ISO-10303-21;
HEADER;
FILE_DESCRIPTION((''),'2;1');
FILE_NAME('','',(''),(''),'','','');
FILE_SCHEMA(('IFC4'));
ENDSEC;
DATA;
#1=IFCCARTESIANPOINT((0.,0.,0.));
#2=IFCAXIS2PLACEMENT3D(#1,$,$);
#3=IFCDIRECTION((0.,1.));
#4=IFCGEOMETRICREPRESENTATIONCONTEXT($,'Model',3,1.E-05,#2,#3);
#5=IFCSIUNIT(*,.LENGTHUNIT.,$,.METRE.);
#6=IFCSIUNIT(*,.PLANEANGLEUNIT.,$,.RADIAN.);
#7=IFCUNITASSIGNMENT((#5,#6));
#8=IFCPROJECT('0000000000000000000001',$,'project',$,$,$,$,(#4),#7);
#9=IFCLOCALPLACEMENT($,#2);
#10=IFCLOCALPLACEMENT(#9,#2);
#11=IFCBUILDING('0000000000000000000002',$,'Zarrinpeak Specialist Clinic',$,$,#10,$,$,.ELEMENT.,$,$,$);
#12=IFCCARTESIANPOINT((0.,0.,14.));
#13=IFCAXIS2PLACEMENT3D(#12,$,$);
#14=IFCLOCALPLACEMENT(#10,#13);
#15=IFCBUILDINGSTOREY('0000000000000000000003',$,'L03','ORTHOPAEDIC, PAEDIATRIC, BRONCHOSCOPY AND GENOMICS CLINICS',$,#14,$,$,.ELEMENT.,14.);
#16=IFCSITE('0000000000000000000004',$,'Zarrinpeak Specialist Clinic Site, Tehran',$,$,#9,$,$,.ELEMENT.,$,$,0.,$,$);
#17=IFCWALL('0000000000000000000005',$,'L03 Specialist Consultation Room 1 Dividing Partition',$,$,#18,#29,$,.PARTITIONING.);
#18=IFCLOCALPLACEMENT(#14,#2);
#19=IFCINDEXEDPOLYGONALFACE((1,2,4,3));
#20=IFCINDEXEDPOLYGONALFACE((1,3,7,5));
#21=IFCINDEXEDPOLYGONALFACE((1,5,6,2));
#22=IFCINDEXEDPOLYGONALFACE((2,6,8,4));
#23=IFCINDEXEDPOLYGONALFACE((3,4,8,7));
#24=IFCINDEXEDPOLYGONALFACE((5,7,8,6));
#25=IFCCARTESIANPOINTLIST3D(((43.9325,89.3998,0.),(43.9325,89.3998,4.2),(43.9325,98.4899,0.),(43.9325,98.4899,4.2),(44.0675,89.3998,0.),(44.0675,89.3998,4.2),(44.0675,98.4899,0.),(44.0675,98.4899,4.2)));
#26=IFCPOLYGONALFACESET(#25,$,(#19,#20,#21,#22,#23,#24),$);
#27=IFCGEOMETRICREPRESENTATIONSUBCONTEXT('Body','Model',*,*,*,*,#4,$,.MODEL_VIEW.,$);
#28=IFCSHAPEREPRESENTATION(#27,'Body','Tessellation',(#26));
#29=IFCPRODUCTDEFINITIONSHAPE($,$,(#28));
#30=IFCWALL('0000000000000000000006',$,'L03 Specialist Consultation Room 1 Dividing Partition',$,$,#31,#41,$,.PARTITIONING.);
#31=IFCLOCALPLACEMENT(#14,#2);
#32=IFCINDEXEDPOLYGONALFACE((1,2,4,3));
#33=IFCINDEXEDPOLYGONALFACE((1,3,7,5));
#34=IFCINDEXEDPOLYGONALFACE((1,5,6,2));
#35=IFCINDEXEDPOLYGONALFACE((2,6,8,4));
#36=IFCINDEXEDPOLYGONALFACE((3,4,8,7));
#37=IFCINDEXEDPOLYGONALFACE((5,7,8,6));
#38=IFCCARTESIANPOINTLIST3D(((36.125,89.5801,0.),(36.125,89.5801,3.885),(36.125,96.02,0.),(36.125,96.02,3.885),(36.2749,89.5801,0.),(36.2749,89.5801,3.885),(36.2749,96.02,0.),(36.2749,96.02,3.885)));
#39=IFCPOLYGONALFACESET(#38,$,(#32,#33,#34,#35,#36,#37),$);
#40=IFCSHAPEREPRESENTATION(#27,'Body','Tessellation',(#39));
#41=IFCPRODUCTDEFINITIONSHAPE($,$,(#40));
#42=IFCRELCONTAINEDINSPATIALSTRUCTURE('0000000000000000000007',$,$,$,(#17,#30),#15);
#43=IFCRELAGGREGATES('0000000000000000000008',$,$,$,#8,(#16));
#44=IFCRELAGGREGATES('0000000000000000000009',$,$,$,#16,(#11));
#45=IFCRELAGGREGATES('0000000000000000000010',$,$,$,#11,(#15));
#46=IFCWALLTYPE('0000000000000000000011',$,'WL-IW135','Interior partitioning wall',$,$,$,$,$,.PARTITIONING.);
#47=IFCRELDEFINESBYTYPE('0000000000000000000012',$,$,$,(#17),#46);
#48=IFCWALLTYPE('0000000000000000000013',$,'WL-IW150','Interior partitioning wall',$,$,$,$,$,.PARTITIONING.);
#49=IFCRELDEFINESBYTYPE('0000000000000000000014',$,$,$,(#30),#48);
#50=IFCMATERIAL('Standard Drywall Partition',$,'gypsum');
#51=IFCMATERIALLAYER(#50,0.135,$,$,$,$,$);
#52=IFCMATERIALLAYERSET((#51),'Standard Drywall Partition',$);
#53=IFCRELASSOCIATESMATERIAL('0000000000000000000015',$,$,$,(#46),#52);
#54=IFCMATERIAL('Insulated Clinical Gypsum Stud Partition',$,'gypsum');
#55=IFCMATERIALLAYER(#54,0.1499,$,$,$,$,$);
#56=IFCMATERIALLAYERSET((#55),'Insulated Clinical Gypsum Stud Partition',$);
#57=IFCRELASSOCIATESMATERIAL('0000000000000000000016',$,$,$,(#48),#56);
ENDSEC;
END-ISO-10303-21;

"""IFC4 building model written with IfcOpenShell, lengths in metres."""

from ifc_helpers import new_model, si_unit, direction, frame, frame_2d, origin, place, context, subcontext, project, spatial, rectangle, extrude, material, layer, layer_set, type_object, element, save


model = new_model("IFC4")

# Units and contexts
model_context = context("Model", 3, precision=1e-05, world=origin(), true_north=direction((0.0, 1.0)))
body_context = subcontext(model_context, "Body", "Model", "MODEL_VIEW")
ifc_project = project(units=[si_unit("LENGTHUNIT", "METRE"), si_unit("PLANEANGLEUNIT", "RADIAN")], contexts=[model_context])

# Site, building, storey
site_placement = place(None, origin())
site = spatial("IfcSite", under=ifc_project, at=site_placement, Name="Zarrinpeak Specialist Clinic Site, Tehran", CompositionType="ELEMENT", RefElevation=0.0)
building_placement = place(site_placement, origin())
building = spatial("IfcBuilding", under=site, at=building_placement, Name="Zarrinpeak Specialist Clinic", CompositionType="ELEMENT")
storey_placement = place(building_placement, frame((0.0, 0.0, 14.0)))
storey = spatial("IfcBuildingStorey", under=building, at=storey_placement, Name="L03", Description="ORTHOPAEDIC, PAEDIATRIC, BRONCHOSCOPY AND GENOMICS CLINICS", CompositionType="ELEMENT", Elevation=14.0)

# Walls
ifc_material_1 = material(Name="Standard Drywall Partition", Category="gypsum")
ifc_layer_1 = layer(ifc_material_1, 0.135)
ifc_layer_set_1 = layer_set([ifc_layer_1], Name="Standard Drywall Partition")
wall_type_1 = type_object("IfcWallType", Name="WL-IW135", Description="Interior partitioning wall", PredefinedType="PARTITIONING", material=ifc_layer_set_1)
wall_1_placement = place(storey_placement, frame((44.0, 89.3999, 0.0), z_axis=(0.0, 0.0, 1.0), x_axis=(0.0, 1.0, 0.0)))
element("IfcWall", 1, at=wall_1_placement, inside=storey, type_object=wall_type_1, Name="L03 Specialist Consultation Room 1 Dividing Partition", PredefinedType="PARTITIONING", context=body_context, shape_type="SweptSolid", body=[
    extrude(rectangle(XDim=9.0901, YDim=0.135, at=frame_2d((4.5449, 0.0))), origin(), (0.0, 0.0, 1.0), 4.2),
])
ifc_material_2 = material(Name="Insulated Clinical Gypsum Stud Partition", Category="gypsum")
ifc_layer_2 = layer(ifc_material_2, 0.1499)
ifc_layer_set_2 = layer_set([ifc_layer_2], Name="Insulated Clinical Gypsum Stud Partition")
wall_type_2 = type_object("IfcWallType", Name="WL-IW150", Description="Interior partitioning wall", PredefinedType="PARTITIONING", material=ifc_layer_set_2)
wall_2_placement = place(storey_placement, frame((36.2, 89.5801, 0.0), z_axis=(0.0, 0.0, 1.0), x_axis=(0.0, 1.0, 0.0)))
element("IfcWall", 2, at=wall_2_placement, inside=storey, type_object=wall_type_2, Name="L03 Specialist Consultation Room 1 Dividing Partition", PredefinedType="PARTITIONING", context=body_context, shape_type="SweptSolid", body=[
    extrude(rectangle(XDim=6.4399, YDim=0.1499, at=frame_2d((3.22, 0.0))), origin(), (0.0, 0.0, 1.0), 3.885),
])

save(model, "model.ifc")
